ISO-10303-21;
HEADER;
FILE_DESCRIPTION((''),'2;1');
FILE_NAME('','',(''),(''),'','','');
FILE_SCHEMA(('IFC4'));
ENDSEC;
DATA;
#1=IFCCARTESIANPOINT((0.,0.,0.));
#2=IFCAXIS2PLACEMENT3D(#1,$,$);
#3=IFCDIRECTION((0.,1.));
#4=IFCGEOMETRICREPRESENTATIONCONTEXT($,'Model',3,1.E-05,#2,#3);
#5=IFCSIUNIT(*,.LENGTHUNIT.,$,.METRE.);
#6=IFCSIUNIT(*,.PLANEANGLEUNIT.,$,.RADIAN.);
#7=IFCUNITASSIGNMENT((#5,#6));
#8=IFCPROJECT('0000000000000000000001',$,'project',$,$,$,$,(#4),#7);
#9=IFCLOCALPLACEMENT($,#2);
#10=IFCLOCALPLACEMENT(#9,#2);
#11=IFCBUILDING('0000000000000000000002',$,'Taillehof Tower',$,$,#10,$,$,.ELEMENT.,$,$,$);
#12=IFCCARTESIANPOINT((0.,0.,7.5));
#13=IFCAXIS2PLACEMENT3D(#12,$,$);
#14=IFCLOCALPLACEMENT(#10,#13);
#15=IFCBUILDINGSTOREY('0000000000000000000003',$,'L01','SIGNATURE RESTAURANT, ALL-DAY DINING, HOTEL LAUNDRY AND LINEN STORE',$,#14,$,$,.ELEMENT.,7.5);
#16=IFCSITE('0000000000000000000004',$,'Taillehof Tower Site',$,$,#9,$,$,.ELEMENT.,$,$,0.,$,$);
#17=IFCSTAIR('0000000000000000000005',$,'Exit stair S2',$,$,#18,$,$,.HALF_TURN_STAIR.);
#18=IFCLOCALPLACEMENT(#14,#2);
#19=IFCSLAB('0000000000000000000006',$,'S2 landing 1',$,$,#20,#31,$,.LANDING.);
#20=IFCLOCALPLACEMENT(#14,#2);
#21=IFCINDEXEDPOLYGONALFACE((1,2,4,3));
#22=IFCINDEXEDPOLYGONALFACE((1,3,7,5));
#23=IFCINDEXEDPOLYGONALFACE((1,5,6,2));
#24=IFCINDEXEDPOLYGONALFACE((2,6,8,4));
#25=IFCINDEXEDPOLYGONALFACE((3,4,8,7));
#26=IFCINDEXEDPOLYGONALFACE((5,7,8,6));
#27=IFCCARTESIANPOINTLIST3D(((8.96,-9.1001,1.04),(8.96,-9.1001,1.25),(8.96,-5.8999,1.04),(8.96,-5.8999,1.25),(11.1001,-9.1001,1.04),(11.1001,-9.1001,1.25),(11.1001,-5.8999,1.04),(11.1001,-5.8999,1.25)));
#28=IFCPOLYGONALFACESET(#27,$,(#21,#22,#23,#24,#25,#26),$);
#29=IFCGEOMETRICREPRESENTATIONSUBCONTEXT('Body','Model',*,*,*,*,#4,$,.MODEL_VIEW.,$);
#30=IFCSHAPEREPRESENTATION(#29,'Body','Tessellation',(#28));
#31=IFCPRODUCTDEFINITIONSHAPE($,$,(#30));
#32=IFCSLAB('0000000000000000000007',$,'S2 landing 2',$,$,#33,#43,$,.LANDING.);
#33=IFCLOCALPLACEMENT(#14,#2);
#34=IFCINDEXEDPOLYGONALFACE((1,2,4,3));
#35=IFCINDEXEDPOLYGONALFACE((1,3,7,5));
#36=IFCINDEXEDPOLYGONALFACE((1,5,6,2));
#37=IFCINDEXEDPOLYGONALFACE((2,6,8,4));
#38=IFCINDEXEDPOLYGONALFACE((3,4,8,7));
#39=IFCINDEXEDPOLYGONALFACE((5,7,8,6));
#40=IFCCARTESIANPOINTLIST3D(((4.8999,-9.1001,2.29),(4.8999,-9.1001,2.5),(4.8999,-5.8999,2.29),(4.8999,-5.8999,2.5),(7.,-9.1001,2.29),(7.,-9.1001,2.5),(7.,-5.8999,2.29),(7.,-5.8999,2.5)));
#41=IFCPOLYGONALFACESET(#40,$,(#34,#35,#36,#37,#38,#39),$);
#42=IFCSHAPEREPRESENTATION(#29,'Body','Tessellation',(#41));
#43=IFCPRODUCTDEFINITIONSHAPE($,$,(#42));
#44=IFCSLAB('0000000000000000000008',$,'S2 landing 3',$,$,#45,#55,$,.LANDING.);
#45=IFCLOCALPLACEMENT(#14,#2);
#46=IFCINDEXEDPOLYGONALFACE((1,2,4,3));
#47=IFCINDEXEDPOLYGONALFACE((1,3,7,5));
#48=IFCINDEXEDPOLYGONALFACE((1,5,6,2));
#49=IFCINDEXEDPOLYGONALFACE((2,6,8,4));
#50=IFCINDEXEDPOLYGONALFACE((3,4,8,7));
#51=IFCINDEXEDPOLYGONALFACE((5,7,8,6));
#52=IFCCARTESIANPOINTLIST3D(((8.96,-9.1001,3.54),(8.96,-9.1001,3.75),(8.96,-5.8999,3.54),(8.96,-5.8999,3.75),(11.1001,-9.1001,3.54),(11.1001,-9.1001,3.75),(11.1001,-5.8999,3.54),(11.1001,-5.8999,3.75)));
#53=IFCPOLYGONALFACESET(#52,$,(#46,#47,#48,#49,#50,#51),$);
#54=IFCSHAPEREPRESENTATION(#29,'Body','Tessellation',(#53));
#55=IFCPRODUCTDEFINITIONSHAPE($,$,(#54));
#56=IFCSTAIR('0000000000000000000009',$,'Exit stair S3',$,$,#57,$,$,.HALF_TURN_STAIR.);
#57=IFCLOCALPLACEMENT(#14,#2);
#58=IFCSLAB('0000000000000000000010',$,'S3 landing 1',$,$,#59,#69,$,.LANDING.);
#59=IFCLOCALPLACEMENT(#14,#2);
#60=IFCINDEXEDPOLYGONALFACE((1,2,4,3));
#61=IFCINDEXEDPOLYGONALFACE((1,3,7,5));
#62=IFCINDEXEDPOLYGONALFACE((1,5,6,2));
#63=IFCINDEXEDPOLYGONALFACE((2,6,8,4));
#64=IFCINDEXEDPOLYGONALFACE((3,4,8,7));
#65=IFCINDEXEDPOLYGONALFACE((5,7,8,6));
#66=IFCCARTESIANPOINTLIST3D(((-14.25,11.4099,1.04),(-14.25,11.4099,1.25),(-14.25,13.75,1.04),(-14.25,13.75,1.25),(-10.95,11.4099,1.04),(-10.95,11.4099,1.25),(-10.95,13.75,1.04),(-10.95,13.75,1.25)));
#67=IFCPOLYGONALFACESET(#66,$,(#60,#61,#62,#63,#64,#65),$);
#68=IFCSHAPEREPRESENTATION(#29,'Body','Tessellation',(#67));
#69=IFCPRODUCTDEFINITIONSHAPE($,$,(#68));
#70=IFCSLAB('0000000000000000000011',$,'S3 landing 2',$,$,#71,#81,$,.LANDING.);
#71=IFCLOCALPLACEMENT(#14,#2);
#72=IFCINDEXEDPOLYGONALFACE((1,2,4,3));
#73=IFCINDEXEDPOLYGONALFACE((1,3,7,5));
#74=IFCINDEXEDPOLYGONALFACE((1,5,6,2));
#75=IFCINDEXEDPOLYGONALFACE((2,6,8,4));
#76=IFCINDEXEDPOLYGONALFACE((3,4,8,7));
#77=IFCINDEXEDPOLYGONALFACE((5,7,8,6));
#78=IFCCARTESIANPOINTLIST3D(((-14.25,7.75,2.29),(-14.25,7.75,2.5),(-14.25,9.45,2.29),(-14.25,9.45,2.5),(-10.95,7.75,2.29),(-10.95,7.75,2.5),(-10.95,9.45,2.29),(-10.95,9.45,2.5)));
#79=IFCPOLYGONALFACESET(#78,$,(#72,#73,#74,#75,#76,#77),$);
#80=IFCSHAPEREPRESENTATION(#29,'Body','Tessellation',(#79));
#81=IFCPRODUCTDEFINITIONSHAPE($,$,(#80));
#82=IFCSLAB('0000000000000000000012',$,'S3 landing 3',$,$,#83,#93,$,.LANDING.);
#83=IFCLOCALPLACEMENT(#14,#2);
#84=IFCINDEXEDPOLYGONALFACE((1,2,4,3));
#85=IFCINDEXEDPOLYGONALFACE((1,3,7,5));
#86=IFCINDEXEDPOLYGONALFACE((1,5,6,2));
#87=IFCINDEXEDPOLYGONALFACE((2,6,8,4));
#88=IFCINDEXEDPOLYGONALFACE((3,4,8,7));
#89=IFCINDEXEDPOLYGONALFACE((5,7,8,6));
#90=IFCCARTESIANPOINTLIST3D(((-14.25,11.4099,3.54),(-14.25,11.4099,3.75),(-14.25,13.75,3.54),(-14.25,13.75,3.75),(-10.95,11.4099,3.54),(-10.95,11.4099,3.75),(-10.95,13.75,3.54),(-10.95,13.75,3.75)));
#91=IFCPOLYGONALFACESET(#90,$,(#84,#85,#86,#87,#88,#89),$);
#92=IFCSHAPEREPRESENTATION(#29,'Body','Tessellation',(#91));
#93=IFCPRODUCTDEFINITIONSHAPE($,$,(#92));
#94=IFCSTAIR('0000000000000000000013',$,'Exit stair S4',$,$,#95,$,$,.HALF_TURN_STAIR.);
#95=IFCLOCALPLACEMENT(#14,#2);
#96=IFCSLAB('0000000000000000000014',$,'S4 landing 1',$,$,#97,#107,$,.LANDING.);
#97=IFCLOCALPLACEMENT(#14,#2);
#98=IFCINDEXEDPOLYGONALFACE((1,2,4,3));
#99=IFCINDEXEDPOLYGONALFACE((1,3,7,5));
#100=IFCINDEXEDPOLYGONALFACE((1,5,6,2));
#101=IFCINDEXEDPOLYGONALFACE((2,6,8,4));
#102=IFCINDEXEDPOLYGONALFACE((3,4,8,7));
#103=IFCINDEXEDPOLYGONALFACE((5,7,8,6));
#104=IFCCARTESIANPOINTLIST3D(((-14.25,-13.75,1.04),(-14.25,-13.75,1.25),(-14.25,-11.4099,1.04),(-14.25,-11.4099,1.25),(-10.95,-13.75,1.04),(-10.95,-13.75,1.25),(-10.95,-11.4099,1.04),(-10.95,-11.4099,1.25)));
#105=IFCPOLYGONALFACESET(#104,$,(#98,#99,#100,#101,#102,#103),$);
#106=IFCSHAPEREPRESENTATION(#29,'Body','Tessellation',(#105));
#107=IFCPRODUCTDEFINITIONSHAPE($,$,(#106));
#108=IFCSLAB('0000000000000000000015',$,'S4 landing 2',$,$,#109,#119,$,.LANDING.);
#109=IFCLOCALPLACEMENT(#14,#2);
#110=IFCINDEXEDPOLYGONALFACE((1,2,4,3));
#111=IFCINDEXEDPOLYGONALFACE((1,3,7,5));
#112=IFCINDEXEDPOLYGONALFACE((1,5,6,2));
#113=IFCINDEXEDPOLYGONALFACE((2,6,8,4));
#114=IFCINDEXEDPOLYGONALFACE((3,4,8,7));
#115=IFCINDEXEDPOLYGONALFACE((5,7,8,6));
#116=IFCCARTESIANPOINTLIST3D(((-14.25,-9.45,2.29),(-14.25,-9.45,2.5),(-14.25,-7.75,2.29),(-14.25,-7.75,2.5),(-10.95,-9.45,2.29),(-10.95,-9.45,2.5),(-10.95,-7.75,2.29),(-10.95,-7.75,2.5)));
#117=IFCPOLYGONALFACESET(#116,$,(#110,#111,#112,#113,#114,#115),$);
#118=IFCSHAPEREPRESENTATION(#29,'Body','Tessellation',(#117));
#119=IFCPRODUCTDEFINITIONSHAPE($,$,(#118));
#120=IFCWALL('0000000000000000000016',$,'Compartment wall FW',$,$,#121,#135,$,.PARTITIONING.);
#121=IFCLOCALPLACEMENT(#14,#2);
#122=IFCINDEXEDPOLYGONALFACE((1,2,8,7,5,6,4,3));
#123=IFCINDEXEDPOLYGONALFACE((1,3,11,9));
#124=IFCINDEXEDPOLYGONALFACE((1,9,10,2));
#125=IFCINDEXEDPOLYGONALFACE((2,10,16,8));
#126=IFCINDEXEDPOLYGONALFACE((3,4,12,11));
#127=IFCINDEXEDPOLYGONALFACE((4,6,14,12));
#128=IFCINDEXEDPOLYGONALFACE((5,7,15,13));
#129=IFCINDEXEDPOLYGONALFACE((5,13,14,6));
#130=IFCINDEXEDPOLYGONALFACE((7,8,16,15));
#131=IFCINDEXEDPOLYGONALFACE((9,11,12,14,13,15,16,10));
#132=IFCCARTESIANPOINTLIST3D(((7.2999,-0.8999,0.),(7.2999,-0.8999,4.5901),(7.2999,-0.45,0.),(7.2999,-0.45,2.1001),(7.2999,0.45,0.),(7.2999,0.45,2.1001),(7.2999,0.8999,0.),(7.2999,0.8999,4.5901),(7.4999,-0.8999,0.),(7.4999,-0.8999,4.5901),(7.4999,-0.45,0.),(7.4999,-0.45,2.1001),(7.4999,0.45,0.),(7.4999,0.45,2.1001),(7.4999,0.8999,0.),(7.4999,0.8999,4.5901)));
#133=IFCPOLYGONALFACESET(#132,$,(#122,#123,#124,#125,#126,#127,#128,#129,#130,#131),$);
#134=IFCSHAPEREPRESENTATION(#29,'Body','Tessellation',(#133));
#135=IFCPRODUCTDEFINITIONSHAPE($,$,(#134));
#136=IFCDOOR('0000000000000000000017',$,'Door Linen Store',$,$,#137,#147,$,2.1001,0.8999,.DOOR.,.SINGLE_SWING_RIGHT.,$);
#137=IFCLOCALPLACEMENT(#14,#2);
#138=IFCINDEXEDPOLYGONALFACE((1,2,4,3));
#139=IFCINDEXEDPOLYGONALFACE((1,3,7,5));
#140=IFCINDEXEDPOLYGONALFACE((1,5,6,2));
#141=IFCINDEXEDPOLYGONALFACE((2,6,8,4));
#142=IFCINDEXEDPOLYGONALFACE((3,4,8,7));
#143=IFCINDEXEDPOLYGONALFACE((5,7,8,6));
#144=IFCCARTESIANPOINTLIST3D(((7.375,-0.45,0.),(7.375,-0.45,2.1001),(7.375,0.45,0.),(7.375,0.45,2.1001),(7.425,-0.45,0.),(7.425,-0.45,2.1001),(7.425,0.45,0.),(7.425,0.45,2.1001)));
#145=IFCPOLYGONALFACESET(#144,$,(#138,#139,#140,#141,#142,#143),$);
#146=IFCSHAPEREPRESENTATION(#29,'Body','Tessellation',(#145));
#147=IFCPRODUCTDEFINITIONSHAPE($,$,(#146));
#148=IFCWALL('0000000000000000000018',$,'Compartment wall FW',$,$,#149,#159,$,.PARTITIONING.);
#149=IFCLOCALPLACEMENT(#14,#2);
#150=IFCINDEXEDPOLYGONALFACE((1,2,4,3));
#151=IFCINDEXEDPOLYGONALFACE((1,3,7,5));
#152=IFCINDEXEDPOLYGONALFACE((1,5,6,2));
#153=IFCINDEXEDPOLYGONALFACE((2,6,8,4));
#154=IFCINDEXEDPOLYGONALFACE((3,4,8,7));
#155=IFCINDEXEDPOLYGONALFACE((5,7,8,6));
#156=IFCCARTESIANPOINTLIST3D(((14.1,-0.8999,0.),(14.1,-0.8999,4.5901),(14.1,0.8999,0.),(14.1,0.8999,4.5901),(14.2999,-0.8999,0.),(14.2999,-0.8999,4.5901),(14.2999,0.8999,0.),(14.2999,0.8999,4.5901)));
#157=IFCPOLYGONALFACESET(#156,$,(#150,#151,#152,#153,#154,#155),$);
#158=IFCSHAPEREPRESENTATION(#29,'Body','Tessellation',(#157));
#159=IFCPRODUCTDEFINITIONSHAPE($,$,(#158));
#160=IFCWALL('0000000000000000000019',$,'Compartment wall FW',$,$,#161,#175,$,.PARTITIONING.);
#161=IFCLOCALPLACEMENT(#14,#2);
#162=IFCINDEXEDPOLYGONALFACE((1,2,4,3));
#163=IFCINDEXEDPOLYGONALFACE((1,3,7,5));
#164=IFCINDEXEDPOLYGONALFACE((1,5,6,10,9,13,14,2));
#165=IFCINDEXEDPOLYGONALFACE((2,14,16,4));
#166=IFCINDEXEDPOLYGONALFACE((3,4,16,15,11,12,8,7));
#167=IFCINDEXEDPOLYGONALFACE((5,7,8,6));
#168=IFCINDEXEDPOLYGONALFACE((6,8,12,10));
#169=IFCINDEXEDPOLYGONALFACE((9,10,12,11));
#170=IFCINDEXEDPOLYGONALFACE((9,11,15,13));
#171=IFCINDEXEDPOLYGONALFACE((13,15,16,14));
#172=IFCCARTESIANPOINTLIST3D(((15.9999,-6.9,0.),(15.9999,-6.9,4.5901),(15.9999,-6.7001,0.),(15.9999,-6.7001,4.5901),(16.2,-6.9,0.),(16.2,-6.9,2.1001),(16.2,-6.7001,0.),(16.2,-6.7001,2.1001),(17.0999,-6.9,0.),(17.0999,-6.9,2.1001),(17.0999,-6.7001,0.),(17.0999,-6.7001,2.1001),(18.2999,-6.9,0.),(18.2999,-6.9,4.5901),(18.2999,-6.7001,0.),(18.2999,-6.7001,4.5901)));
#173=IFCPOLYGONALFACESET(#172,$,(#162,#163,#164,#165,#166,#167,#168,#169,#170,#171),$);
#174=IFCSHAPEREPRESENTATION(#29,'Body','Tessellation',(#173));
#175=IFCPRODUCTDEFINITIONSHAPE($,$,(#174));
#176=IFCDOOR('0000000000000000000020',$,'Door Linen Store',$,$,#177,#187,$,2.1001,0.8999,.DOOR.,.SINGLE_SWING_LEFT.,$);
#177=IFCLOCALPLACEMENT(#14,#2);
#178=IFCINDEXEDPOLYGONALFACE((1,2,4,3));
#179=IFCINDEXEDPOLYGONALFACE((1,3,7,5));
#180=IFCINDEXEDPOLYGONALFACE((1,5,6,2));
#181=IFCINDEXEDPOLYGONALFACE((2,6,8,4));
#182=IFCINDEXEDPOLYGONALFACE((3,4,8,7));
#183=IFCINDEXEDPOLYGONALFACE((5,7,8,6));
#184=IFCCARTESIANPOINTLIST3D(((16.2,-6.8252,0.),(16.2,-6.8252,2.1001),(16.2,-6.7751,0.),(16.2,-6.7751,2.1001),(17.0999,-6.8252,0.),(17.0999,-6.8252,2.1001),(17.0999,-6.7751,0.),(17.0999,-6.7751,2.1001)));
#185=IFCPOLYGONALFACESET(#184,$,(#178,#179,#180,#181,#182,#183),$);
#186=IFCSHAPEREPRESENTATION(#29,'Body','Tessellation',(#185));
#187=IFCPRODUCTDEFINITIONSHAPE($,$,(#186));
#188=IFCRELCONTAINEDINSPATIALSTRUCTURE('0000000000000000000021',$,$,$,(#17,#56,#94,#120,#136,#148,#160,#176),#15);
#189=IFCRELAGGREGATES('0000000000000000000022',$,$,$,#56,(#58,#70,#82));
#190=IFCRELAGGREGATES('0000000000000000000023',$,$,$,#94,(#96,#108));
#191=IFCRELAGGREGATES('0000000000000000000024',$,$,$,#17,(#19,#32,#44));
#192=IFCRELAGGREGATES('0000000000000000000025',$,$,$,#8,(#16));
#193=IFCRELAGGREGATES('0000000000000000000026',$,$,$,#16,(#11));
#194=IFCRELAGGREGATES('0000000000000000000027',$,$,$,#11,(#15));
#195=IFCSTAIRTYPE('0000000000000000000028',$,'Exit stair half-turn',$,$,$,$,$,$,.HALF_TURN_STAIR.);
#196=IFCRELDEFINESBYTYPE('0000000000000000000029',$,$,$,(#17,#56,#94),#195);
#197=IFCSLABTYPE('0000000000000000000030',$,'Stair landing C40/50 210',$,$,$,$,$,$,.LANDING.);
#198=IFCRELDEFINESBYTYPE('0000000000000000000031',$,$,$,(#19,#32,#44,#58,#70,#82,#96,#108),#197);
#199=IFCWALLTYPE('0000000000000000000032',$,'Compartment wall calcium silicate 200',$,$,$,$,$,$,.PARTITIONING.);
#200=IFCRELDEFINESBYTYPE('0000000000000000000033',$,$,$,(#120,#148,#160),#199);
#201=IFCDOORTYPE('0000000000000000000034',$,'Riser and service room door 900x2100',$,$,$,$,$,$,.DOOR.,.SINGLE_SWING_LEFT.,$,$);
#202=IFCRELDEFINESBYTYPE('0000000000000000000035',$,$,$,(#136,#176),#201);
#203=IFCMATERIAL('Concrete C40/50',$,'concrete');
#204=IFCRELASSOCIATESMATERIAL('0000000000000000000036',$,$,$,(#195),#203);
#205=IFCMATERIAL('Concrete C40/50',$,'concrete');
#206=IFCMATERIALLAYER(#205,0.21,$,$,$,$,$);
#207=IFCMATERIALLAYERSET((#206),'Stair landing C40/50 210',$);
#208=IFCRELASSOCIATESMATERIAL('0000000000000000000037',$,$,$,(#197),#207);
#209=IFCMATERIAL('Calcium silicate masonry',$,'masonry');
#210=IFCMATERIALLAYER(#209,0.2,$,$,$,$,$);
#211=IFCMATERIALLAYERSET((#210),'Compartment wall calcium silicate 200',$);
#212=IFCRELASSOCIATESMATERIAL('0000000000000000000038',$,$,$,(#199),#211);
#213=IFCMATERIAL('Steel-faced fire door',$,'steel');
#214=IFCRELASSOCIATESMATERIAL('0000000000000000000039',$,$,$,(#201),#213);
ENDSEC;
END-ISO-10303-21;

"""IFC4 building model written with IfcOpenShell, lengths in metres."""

from ifc_helpers import new_model, si_unit, direction, frame, frame_2d, origin, place, context, subcontext, project, spatial, polyline, rectangle, outline, extrude, material, layer, layer_set, type_object, element, fill, aggregate, save


model = new_model("IFC4")

# Units and contexts
model_context = context("Model", 3, precision=1e-05, world=origin(), true_north=direction((0.0, 1.0)))
body_context = subcontext(model_context, "Body", "Model", "MODEL_VIEW")
ifc_project = project(units=[si_unit("LENGTHUNIT", "METRE"), si_unit("PLANEANGLEUNIT", "RADIAN")], contexts=[model_context])

# Site, building, storey
site_placement = place(None, origin())
site = spatial("IfcSite", under=ifc_project, at=site_placement, Name="Taillehof Tower Site", CompositionType="ELEMENT", RefElevation=0.0)
building_placement = place(site_placement, origin())
building = spatial("IfcBuilding", under=site, at=building_placement, Name="Taillehof Tower", CompositionType="ELEMENT")
storey_placement = place(building_placement, frame((0.0, 0.0, 7.5)))
storey = spatial("IfcBuildingStorey", under=building, at=storey_placement, Name="L01", Description="SIGNATURE RESTAURANT, ALL-DAY DINING, HOTEL LAUNDRY AND LINEN STORE", CompositionType="ELEMENT", Elevation=7.5)

# Stairs, slabs
ifc_material_1 = material(Name="Concrete C40/50", Category="concrete")
stair_type = type_object("IfcStairType", Name="Exit stair half-turn", PredefinedType="HALF_TURN_STAIR", material=ifc_material_1)
ifc_material_2 = material(Name="Concrete C40/50", Category="concrete")
ifc_layer_1 = layer(ifc_material_2, 0.21)
ifc_layer_set_1 = layer_set([ifc_layer_1], Name="Stair landing C40/50 210")
slab_type_1 = type_object("IfcSlabType", Name="Stair landing C40/50 210", PredefinedType="LANDING", material=ifc_layer_set_1)
stair_1_placement = place(storey_placement, origin())
stair_1 = element("IfcStair", 1, at=stair_1_placement, inside=storey, type_object=stair_type, Name="Exit stair S2", PredefinedType="HALF_TURN_STAIR")
slab_1_placement = place(storey_placement, frame((0.0, 0.0, 1.04)))
slab_1 = element("IfcSlab", 2, at=slab_1_placement, type_object=slab_type_1, Name="S2 landing 1", PredefinedType="LANDING", context=body_context, shape_type="SweptSolid", body=[
    extrude(outline(polyline([(8.96, -5.8999), (11.1001, -5.8999), (11.1001, -9.1001), (8.96, -9.1001), (8.96, -5.8999)])), origin(), (0.0, 0.0, 1.0), 0.21),
])
slab_2_placement = place(storey_placement, frame((0.0, 0.0, 2.29)))
slab_2 = element("IfcSlab", 3, at=slab_2_placement, type_object=slab_type_1, Name="S2 landing 2", PredefinedType="LANDING", context=body_context, shape_type="SweptSolid", body=[
    extrude(outline(polyline([(4.8999, -5.8999), (7.0, -5.8999), (7.0, -9.1001), (4.8999, -9.1001), (4.8999, -5.8999)])), origin(), (0.0, 0.0, 1.0), 0.21),
])
slab_3_placement = place(storey_placement, frame((0.0, 0.0, 3.54)))
slab_3 = element("IfcSlab", 4, at=slab_3_placement, type_object=slab_type_1, Name="S2 landing 3", PredefinedType="LANDING", context=body_context, shape_type="SweptSolid", body=[
    extrude(outline(polyline([(8.96, -5.8999), (11.1001, -5.8999), (11.1001, -9.1001), (8.96, -9.1001), (8.96, -5.8999)])), origin(), (0.0, 0.0, 1.0), 0.21),
])
stair_2_placement = place(storey_placement, origin())
stair_2 = element("IfcStair", 5, at=stair_2_placement, inside=storey, type_object=stair_type, Name="Exit stair S3", PredefinedType="HALF_TURN_STAIR")
slab_4_placement = place(storey_placement, frame((0.0, 0.0, 1.04)))
slab_4 = element("IfcSlab", 6, at=slab_4_placement, type_object=slab_type_1, Name="S3 landing 1", PredefinedType="LANDING", context=body_context, shape_type="SweptSolid", body=[
    extrude(outline(polyline([(-14.25, 11.4099), (-14.25, 13.75), (-10.95, 13.75), (-10.95, 11.4099), (-14.25, 11.4099)])), origin(), (0.0, 0.0, 1.0), 0.21),
])
slab_5_placement = place(storey_placement, frame((0.0, 0.0, 2.29)))
slab_5 = element("IfcSlab", 7, at=slab_5_placement, type_object=slab_type_1, Name="S3 landing 2", PredefinedType="LANDING", context=body_context, shape_type="SweptSolid", body=[
    extrude(outline(polyline([(-14.25, 7.75), (-14.25, 9.45), (-10.95, 9.45), (-10.95, 7.75), (-14.25, 7.75)])), origin(), (0.0, 0.0, 1.0), 0.21),
])
slab_6_placement = place(storey_placement, frame((0.0, 0.0, 3.54)))
slab_6 = element("IfcSlab", 8, at=slab_6_placement, type_object=slab_type_1, Name="S3 landing 3", PredefinedType="LANDING", context=body_context, shape_type="SweptSolid", body=[
    extrude(outline(polyline([(-14.25, 11.4099), (-14.25, 13.75), (-10.95, 13.75), (-10.95, 11.4099), (-14.25, 11.4099)])), origin(), (0.0, 0.0, 1.0), 0.21),
])
aggregate(stair_2, [slab_4, slab_5, slab_6])
stair_3_placement = place(storey_placement, origin())
stair_3 = element("IfcStair", 9, at=stair_3_placement, inside=storey, type_object=stair_type, Name="Exit stair S4", PredefinedType="HALF_TURN_STAIR")
slab_7_placement = place(storey_placement, frame((0.0, 0.0, 1.04)))
slab_7 = element("IfcSlab", 10, at=slab_7_placement, type_object=slab_type_1, Name="S4 landing 1", PredefinedType="LANDING", context=body_context, shape_type="SweptSolid", body=[
    extrude(outline(polyline([(-14.25, -11.4099), (-14.25, -13.75), (-10.95, -13.75), (-10.95, -11.4099), (-14.25, -11.4099)])), origin(), (0.0, 0.0, 1.0), 0.21),
])
slab_8_placement = place(storey_placement, frame((0.0, 0.0, 2.29)))
slab_8 = element("IfcSlab", 11, at=slab_8_placement, type_object=slab_type_1, Name="S4 landing 2", PredefinedType="LANDING", context=body_context, shape_type="SweptSolid", body=[
    extrude(outline(polyline([(-14.25, -7.75), (-14.25, -9.45), (-10.95, -9.45), (-10.95, -7.75), (-14.25, -7.75)])), origin(), (0.0, 0.0, 1.0), 0.21),
])
aggregate(stair_3, [slab_7, slab_8])

# Wall, opening, door
ifc_material_3 = material(Name="Calcium silicate masonry", Category="masonry")
ifc_layer_2 = layer(ifc_material_3, 0.2)
ifc_layer_set_2 = layer_set([ifc_layer_2], Name="Compartment wall calcium silicate 200")
wall_type_1 = type_object("IfcWallType", Name="Compartment wall calcium silicate 200", PredefinedType="PARTITIONING", material=ifc_layer_set_2)
wall_1_placement = place(storey_placement, frame((7.3999, -0.8999, 0.0), z_axis=(0.0, 0.0, 1.0), x_axis=(0.0, 1.0, 0.0)))
wall_1 = element("IfcWall", 12, at=wall_1_placement, inside=storey, type_object=wall_type_1, Name="Compartment wall FW", PredefinedType="PARTITIONING", context=body_context, shape_type="SweptSolid", body=[
    extrude(rectangle(XDim=1.7998, YDim=0.2, at=frame_2d((0.8999, 0.0))), origin(), (0.0, 0.0, 1.0), 4.5901),
])
opening_1_placement = place(wall_1_placement, frame((0.45, 0.0, 0.0)))
opening_1 = element("IfcOpeningElement", 13, at=opening_1_placement, cuts=wall_1, PredefinedType="OPENING", context=body_context, shape_type="SweptSolid", body=[
    extrude(rectangle(XDim=0.8999, YDim=2.1001, at=frame_2d((0.45, 1.05))), frame((0.0, 0.1099, 0.0), z_axis=(0.0, -1.0, 0.0), x_axis=(1.0, 0.0, 0.0)), (0.0, 0.0, 1.0), 0.22),
])
ifc_material_4 = material(Name="Steel-faced fire door", Category="steel")
door_type_1 = type_object("IfcDoorType", Name="Riser and service room door 900x2100", OperationType="SINGLE_SWING_LEFT", PredefinedType="DOOR", material=ifc_material_4)
door_1_placement = place(opening_1_placement, origin())
door_1 = element("IfcDoor", 14, at=door_1_placement, inside=storey, type_object=door_type_1, Name="Door Linen Store", OperationType="SINGLE_SWING_RIGHT", OverallHeight=2.1001, OverallWidth=0.8999, PredefinedType="DOOR", context=body_context, shape_type="SweptSolid", body=[
    extrude(rectangle(XDim=0.8999, YDim=2.1001, at=frame_2d((0.45, 1.05))), frame((0.0, 0.0249, 0.0), z_axis=(0.0, -1.0, 0.0), x_axis=(1.0, 0.0, 0.0)), (0.0, 0.0, 1.0), 0.05),
])
fill(opening_1, door_1)

# Wall
wall_2_placement = place(storey_placement, frame((14.2, -0.8999, 0.0), z_axis=(0.0, 0.0, 1.0), x_axis=(0.0, 1.0, 0.0)))
element("IfcWall", 15, at=wall_2_placement, inside=storey, type_object=wall_type_1, Name="Compartment wall FW", PredefinedType="PARTITIONING", context=body_context, shape_type="SweptSolid", body=[
    extrude(rectangle(XDim=1.7998, YDim=0.2, at=frame_2d((0.8999, 0.0))), origin(), (0.0, 0.0, 1.0), 4.5901),
])

# Wall, opening, door
wall_3_placement = place(storey_placement, frame((16.0, -6.8, 0.0), z_axis=(0.0, 0.0, 1.0), x_axis=(1.0, 0.0, 0.0)))
wall_3 = element("IfcWall", 16, at=wall_3_placement, inside=storey, type_object=wall_type_1, Name="Compartment wall FW", PredefinedType="PARTITIONING", context=body_context, shape_type="SweptSolid", body=[
    extrude(rectangle(XDim=2.3, YDim=0.2, at=frame_2d((1.1499, 0.0))), origin(), (0.0, 0.0, 1.0), 4.5901),
])
opening_2_placement = place(wall_3_placement, frame((0.2, 0.0, 0.0)))
opening_2 = element("IfcOpeningElement", 17, at=opening_2_placement, cuts=wall_3, PredefinedType="OPENING", context=body_context, shape_type="SweptSolid", body=[
    extrude(rectangle(XDim=0.8999, YDim=2.1001, at=frame_2d((0.45, 1.05))), frame((0.0, 0.1099, 0.0), z_axis=(0.0, -1.0, 0.0), x_axis=(1.0, 0.0, 0.0)), (0.0, 0.0, 1.0), 0.22),
])
door_2_placement = place(opening_2_placement, origin())
door_2 = element("IfcDoor", 18, at=door_2_placement, inside=storey, type_object=door_type_1, Name="Door Linen Store", OperationType="SINGLE_SWING_LEFT", OverallHeight=2.1001, OverallWidth=0.8999, PredefinedType="DOOR", context=body_context, shape_type="SweptSolid", body=[
    extrude(rectangle(XDim=0.8999, YDim=2.1001, at=frame_2d((0.45, 1.05))), frame((0.0, 0.0249, 0.0), z_axis=(0.0, -1.0, 0.0), x_axis=(1.0, 0.0, 0.0)), (0.0, 0.0, 1.0), 0.05),
])
fill(opening_2, door_2)

aggregate(stair_1, [slab_1, slab_2, slab_3])

save(model, "model.ifc")
